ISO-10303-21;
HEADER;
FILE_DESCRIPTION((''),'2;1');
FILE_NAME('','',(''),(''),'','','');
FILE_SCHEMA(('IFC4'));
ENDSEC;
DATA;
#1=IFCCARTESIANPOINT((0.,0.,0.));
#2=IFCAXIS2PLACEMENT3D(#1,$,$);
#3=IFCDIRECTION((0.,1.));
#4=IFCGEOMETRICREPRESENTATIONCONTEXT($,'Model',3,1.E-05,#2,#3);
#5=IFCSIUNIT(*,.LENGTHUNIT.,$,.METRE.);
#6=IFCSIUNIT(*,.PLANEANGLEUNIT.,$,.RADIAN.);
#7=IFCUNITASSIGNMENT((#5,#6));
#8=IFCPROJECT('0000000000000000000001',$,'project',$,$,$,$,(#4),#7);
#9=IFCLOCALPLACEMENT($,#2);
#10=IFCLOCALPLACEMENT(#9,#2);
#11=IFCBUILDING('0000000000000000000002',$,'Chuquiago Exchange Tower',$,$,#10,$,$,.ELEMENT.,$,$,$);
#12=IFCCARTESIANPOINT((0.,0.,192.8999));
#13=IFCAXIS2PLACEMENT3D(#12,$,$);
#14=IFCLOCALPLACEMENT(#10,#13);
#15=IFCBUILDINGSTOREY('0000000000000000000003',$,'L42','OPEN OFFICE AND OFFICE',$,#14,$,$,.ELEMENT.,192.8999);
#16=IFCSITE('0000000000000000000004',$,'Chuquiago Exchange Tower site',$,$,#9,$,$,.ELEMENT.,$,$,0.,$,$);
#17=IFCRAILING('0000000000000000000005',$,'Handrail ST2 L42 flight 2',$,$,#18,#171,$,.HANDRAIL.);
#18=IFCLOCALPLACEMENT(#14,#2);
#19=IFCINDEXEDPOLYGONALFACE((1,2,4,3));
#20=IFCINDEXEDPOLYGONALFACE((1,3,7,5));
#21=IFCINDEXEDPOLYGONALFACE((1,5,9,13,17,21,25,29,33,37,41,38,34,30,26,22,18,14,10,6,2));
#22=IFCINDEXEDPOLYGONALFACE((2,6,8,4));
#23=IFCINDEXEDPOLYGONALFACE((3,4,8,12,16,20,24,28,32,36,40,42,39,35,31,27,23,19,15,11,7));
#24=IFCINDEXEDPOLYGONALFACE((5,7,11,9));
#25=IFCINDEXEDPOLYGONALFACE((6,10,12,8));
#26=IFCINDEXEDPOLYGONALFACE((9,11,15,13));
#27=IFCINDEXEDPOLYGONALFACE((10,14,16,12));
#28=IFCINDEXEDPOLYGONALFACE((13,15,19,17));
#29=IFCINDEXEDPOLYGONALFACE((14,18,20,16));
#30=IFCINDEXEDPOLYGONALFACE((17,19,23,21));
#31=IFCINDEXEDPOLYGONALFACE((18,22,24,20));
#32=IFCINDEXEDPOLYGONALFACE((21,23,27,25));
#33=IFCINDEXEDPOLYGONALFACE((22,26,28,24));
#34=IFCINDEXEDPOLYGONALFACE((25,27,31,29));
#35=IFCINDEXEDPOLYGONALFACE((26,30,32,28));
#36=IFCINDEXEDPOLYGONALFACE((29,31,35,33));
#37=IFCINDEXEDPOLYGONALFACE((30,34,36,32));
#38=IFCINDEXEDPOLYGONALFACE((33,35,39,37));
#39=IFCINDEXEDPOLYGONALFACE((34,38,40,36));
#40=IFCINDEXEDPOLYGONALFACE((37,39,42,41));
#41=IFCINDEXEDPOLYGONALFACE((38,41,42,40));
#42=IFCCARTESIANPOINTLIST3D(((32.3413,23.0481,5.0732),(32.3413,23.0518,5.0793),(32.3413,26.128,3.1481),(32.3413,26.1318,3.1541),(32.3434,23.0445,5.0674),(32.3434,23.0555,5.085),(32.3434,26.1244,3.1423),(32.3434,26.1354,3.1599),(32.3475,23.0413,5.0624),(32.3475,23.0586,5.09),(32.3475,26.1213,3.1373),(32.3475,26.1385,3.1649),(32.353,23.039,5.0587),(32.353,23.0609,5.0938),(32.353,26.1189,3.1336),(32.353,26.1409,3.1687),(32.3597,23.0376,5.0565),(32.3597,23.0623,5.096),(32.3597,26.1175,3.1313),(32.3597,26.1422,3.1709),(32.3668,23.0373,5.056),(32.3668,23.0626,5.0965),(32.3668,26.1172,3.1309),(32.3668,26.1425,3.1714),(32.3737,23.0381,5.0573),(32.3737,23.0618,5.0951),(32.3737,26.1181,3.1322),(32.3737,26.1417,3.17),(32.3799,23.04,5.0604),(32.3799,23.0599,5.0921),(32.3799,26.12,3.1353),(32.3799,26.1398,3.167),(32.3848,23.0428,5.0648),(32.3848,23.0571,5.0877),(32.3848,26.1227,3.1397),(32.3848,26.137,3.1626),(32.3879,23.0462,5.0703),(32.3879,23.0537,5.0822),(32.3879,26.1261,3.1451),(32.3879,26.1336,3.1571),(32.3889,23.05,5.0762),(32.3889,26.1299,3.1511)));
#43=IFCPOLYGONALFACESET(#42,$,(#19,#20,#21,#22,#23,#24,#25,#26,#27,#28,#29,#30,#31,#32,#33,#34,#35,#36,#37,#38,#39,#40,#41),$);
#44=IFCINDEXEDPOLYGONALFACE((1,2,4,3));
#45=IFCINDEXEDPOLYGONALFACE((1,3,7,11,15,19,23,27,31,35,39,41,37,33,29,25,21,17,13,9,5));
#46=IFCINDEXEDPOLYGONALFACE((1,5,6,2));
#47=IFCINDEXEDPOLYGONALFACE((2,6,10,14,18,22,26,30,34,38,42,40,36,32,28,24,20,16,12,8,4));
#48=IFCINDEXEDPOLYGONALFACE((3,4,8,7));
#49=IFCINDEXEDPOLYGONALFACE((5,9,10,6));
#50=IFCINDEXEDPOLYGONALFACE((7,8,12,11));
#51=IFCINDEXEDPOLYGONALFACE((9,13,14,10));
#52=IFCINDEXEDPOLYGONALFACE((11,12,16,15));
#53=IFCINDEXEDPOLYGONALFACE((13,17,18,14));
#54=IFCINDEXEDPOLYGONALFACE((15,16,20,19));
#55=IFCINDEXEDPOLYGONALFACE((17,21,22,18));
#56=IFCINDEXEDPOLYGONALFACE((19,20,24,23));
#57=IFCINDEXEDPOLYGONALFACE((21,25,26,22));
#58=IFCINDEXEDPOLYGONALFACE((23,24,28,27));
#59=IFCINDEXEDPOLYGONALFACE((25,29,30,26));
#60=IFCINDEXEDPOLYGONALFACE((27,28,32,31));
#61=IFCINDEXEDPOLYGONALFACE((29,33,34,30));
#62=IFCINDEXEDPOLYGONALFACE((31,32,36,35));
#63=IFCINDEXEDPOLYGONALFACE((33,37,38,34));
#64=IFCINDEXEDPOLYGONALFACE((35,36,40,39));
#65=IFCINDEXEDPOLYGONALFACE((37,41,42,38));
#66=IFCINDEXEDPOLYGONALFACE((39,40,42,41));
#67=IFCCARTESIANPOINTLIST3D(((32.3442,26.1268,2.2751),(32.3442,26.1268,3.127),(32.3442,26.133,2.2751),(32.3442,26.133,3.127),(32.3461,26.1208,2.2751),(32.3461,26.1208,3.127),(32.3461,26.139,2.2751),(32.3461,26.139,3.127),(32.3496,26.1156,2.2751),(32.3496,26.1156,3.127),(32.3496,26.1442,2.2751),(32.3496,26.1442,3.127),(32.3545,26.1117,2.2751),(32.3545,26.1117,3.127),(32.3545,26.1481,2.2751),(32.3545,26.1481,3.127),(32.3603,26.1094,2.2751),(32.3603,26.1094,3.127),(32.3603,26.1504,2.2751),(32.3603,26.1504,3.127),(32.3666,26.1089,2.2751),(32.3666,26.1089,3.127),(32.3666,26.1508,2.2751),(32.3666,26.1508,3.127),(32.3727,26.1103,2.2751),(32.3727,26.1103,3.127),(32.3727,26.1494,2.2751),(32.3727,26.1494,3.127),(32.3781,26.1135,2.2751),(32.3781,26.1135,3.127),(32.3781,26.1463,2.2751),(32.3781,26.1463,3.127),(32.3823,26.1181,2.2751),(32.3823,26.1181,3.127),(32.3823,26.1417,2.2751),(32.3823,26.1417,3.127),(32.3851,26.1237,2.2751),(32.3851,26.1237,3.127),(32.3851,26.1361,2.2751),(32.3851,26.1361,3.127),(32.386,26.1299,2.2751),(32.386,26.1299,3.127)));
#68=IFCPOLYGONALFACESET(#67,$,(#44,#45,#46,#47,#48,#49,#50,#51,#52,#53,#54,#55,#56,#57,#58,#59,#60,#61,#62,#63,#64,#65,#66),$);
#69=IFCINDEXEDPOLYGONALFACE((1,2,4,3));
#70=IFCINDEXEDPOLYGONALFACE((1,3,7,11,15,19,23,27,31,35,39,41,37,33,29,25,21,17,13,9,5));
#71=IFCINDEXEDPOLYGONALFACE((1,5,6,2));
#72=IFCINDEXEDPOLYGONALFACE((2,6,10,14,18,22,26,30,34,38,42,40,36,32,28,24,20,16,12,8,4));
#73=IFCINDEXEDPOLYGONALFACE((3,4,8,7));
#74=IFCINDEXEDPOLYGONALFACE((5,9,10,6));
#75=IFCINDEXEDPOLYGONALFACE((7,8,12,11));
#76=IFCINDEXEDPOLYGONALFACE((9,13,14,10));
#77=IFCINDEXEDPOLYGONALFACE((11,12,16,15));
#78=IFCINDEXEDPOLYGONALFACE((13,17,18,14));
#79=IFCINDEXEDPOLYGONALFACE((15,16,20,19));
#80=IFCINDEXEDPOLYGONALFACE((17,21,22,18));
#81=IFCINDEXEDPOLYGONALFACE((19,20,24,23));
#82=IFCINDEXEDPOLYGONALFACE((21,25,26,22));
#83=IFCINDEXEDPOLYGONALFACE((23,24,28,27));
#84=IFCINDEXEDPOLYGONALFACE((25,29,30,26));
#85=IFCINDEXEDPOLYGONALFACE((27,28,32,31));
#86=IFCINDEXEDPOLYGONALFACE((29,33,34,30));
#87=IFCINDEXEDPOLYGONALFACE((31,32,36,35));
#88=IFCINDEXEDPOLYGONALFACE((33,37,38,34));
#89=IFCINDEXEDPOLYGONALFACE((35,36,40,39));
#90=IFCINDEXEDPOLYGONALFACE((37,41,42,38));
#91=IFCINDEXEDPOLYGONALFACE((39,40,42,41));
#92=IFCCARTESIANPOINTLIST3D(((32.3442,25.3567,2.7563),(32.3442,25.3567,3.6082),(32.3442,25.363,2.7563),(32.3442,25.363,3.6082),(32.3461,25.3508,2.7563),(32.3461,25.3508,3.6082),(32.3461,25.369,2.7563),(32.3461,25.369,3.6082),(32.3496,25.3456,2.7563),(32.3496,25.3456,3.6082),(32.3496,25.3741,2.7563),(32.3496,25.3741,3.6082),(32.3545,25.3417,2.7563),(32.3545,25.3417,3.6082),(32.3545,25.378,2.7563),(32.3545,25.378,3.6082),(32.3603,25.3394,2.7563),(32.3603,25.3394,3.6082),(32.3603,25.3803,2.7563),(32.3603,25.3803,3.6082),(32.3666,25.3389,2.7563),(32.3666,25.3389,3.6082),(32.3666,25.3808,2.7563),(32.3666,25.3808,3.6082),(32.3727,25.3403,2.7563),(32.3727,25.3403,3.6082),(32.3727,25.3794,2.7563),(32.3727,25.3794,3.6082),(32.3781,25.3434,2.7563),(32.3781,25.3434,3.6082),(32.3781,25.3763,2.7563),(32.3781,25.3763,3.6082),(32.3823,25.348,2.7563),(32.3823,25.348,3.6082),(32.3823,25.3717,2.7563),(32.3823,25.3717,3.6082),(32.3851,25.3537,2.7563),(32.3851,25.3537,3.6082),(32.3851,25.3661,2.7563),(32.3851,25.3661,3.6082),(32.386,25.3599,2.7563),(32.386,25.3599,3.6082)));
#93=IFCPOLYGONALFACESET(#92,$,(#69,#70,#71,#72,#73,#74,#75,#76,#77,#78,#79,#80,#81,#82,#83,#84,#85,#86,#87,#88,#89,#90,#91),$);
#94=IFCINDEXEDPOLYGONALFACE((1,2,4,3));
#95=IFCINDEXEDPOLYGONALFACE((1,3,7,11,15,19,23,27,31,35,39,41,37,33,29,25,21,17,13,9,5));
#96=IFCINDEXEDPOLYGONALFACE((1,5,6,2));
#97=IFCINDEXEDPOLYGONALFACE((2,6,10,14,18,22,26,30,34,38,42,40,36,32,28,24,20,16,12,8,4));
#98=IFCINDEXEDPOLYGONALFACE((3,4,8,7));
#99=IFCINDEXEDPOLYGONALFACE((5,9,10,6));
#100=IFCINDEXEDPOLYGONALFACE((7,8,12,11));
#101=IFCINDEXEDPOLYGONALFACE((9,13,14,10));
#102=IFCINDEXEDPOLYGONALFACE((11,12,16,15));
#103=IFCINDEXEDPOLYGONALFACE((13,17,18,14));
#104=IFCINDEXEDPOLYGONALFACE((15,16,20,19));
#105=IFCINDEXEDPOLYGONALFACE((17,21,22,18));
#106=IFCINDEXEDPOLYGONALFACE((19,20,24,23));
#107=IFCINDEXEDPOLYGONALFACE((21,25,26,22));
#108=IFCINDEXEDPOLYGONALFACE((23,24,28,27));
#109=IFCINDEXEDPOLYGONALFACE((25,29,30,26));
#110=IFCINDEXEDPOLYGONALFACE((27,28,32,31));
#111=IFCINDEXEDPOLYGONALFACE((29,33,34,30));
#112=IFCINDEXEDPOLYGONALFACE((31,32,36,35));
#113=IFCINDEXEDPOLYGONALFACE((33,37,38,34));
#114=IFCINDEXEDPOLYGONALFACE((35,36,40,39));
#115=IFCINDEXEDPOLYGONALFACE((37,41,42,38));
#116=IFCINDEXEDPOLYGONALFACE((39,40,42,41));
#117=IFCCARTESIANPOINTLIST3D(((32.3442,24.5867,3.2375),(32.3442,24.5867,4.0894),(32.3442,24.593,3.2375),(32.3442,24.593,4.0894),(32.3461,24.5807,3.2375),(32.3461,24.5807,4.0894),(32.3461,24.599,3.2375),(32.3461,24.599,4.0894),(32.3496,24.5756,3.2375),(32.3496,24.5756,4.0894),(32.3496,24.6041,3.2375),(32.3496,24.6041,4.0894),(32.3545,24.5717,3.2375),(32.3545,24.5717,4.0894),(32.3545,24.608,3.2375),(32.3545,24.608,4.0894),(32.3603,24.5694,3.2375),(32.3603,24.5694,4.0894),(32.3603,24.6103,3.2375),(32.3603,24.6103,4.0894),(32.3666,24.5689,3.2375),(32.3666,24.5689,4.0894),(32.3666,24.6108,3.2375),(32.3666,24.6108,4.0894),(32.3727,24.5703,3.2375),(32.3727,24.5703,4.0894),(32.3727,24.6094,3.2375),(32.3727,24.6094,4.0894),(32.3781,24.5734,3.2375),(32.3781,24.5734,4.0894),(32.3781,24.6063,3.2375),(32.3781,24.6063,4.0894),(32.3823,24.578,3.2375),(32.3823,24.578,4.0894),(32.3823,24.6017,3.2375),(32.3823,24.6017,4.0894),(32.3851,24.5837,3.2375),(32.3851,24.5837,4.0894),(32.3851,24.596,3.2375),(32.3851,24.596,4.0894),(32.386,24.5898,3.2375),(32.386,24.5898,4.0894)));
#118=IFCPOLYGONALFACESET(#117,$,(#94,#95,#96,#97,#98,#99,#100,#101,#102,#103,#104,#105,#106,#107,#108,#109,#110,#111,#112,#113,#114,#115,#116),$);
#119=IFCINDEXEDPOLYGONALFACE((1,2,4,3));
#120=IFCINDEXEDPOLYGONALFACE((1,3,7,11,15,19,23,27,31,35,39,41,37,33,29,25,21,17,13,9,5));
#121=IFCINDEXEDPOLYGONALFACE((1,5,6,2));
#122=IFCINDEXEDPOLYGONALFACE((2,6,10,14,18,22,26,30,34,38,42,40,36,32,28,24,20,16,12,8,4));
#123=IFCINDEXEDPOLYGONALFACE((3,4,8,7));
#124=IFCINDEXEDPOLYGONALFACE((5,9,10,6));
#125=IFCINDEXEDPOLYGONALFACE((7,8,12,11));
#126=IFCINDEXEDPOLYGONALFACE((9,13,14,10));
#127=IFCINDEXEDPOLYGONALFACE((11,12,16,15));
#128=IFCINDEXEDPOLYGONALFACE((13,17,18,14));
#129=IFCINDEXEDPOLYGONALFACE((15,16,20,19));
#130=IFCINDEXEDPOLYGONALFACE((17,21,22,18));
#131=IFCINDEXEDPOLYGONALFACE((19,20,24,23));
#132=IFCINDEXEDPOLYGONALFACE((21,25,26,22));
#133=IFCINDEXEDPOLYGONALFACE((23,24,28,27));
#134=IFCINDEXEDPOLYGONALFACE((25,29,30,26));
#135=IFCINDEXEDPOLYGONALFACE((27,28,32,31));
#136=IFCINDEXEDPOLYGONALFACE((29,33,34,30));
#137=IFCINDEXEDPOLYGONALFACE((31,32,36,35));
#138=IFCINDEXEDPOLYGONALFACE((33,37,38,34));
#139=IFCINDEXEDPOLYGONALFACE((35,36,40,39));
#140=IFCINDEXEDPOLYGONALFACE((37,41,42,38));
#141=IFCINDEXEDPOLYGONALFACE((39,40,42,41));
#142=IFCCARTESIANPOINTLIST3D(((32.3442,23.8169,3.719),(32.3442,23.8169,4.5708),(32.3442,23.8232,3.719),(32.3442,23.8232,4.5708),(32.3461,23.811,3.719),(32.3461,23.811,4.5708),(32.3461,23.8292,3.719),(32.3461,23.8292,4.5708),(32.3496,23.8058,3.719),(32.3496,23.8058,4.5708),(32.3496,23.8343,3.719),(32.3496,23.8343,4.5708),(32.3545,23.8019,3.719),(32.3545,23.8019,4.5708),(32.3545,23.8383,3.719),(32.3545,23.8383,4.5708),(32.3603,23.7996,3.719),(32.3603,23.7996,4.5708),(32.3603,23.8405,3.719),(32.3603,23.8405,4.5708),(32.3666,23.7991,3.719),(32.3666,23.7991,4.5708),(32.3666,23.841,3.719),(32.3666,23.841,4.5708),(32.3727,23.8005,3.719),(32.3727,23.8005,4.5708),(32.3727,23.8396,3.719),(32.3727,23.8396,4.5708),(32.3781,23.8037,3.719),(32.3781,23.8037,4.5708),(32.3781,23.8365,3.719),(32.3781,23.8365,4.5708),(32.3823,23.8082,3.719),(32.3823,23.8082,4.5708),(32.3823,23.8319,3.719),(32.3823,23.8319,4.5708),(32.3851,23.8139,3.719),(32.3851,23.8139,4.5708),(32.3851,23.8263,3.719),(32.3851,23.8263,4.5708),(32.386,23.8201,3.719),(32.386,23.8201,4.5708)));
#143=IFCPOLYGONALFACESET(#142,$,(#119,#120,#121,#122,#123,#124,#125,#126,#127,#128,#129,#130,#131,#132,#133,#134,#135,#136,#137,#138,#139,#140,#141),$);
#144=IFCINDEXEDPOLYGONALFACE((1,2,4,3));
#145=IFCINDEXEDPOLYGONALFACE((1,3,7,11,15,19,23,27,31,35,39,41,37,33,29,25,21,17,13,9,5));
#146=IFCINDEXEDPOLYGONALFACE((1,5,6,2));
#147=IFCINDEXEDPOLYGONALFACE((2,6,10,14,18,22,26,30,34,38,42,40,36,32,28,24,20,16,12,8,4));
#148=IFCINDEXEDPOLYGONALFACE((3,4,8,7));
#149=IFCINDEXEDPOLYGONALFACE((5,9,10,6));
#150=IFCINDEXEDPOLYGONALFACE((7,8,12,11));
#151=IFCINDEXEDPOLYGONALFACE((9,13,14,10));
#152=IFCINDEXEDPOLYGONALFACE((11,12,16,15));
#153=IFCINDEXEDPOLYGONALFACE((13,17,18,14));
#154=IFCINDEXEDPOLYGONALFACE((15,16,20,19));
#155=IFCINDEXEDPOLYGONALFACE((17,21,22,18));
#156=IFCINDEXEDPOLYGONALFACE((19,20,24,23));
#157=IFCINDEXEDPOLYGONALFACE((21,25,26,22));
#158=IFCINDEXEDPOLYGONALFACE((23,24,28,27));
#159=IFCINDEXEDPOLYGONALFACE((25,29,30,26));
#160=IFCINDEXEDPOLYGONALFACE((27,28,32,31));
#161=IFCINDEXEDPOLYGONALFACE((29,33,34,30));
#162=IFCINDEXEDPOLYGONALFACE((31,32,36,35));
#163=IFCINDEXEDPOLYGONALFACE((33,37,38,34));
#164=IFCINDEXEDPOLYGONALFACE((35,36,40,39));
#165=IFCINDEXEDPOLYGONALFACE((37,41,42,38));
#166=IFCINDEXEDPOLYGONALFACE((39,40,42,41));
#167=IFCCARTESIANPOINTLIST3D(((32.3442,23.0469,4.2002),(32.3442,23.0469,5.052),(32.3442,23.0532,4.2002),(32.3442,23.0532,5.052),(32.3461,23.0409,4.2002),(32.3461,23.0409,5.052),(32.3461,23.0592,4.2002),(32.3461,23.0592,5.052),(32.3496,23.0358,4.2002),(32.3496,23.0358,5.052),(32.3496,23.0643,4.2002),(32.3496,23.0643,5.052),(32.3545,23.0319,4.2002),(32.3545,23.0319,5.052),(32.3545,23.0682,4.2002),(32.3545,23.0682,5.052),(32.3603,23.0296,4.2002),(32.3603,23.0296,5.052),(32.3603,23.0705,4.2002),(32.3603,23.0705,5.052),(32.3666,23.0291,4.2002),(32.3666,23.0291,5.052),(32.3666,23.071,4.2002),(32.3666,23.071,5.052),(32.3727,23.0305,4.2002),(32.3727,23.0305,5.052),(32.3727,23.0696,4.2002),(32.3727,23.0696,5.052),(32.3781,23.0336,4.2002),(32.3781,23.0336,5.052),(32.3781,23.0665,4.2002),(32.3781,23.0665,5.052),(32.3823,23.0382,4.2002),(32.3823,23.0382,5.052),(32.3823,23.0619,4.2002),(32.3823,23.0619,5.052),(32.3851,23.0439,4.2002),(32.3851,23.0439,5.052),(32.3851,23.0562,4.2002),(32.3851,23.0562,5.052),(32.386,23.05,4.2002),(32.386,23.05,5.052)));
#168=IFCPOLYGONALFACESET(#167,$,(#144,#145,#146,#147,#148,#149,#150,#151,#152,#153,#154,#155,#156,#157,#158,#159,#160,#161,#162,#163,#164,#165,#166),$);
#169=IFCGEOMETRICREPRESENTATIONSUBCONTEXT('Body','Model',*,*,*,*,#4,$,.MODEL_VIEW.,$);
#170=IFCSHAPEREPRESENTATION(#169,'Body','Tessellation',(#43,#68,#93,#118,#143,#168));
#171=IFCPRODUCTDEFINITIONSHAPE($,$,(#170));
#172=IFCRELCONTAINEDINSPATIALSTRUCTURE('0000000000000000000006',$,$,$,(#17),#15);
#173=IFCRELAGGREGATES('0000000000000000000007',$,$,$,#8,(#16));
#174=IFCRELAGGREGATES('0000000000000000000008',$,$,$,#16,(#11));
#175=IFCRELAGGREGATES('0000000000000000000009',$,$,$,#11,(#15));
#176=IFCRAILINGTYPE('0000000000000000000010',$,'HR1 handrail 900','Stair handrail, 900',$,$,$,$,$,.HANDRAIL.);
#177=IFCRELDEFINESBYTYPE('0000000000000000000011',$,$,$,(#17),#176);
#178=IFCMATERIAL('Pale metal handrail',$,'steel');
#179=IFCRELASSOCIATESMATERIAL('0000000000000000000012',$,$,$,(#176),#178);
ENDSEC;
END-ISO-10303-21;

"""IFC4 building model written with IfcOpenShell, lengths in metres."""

from ifc_helpers import new_model, si_unit, direction, frame, origin, origin_2d, place, context, subcontext, project, spatial, circle, extrude, material, type_object, element, save


model = new_model("IFC4")

# Units and contexts
model_context = context("Model", 3, precision=1e-05, world=origin(), true_north=direction((0.0, 1.0)))
body_context = subcontext(model_context, "Body", "Model", "MODEL_VIEW")
ifc_project = project(units=[si_unit("LENGTHUNIT", "METRE"), si_unit("PLANEANGLEUNIT", "RADIAN")], contexts=[model_context])

# Site, building, storey
site_placement = place(None, origin())
site = spatial("IfcSite", under=ifc_project, at=site_placement, Name="Chuquiago Exchange Tower site", CompositionType="ELEMENT", RefElevation=0.0)
building_placement = place(site_placement, origin())
building = spatial("IfcBuilding", under=site, at=building_placement, Name="Chuquiago Exchange Tower", CompositionType="ELEMENT")
storey_placement = place(building_placement, frame((0.0, 0.0, 192.8999)))
storey = spatial("IfcBuildingStorey", under=building, at=storey_placement, Name="L42", Description="OPEN OFFICE AND OFFICE", CompositionType="ELEMENT", Elevation=192.8999)

# Railing
ifc_material_1 = material(Name="Pale metal handrail", Category="steel")
railing_type_1 = type_object("IfcRailingType", Name="HR1 handrail 900", Description="Stair handrail, 900", PredefinedType="HANDRAIL", material=ifc_material_1)
railing_1_placement = place(storey_placement, frame((32.365, 26.1299, 2.2751)))
element("IfcRailing", 1, at=railing_1_placement, inside=storey, type_object=railing_type_1, Name="Handrail ST2 L42 flight 2", PredefinedType="HANDRAIL", context=body_context, shape_type="SweptSolid", body=[
    extrude(circle(Radius=0.0239, at=origin_2d()), frame((0.0, 0.0, 0.876), z_axis=(0.0, -0.847979, 0.530029), x_axis=(1.0, 0.0, 0.0)), (0.0, 0.0, 1.0), 3.6321),
    extrude(circle(Radius=0.021, at=origin_2d()), origin(), (0.0, 0.0, 1.0), 0.8518),
    extrude(circle(Radius=0.021, at=origin_2d()), frame((0.0, -0.77, 0.4812)), (0.0, 0.0, 1.0), 0.8518),
    extrude(circle(Radius=0.021, at=origin_2d()), frame((0.0, -1.54, 0.9624)), (0.0, 0.0, 1.0), 0.8518),
    extrude(circle(Radius=0.021, at=origin_2d()), frame((0.0, -2.3098, 1.4438)), (0.0, 0.0, 1.0), 0.8518),
    extrude(circle(Radius=0.021, at=origin_2d()), frame((0.0, -3.0798, 1.925)), (0.0, 0.0, 1.0), 0.8518),
])

save(model, "model.ifc")
